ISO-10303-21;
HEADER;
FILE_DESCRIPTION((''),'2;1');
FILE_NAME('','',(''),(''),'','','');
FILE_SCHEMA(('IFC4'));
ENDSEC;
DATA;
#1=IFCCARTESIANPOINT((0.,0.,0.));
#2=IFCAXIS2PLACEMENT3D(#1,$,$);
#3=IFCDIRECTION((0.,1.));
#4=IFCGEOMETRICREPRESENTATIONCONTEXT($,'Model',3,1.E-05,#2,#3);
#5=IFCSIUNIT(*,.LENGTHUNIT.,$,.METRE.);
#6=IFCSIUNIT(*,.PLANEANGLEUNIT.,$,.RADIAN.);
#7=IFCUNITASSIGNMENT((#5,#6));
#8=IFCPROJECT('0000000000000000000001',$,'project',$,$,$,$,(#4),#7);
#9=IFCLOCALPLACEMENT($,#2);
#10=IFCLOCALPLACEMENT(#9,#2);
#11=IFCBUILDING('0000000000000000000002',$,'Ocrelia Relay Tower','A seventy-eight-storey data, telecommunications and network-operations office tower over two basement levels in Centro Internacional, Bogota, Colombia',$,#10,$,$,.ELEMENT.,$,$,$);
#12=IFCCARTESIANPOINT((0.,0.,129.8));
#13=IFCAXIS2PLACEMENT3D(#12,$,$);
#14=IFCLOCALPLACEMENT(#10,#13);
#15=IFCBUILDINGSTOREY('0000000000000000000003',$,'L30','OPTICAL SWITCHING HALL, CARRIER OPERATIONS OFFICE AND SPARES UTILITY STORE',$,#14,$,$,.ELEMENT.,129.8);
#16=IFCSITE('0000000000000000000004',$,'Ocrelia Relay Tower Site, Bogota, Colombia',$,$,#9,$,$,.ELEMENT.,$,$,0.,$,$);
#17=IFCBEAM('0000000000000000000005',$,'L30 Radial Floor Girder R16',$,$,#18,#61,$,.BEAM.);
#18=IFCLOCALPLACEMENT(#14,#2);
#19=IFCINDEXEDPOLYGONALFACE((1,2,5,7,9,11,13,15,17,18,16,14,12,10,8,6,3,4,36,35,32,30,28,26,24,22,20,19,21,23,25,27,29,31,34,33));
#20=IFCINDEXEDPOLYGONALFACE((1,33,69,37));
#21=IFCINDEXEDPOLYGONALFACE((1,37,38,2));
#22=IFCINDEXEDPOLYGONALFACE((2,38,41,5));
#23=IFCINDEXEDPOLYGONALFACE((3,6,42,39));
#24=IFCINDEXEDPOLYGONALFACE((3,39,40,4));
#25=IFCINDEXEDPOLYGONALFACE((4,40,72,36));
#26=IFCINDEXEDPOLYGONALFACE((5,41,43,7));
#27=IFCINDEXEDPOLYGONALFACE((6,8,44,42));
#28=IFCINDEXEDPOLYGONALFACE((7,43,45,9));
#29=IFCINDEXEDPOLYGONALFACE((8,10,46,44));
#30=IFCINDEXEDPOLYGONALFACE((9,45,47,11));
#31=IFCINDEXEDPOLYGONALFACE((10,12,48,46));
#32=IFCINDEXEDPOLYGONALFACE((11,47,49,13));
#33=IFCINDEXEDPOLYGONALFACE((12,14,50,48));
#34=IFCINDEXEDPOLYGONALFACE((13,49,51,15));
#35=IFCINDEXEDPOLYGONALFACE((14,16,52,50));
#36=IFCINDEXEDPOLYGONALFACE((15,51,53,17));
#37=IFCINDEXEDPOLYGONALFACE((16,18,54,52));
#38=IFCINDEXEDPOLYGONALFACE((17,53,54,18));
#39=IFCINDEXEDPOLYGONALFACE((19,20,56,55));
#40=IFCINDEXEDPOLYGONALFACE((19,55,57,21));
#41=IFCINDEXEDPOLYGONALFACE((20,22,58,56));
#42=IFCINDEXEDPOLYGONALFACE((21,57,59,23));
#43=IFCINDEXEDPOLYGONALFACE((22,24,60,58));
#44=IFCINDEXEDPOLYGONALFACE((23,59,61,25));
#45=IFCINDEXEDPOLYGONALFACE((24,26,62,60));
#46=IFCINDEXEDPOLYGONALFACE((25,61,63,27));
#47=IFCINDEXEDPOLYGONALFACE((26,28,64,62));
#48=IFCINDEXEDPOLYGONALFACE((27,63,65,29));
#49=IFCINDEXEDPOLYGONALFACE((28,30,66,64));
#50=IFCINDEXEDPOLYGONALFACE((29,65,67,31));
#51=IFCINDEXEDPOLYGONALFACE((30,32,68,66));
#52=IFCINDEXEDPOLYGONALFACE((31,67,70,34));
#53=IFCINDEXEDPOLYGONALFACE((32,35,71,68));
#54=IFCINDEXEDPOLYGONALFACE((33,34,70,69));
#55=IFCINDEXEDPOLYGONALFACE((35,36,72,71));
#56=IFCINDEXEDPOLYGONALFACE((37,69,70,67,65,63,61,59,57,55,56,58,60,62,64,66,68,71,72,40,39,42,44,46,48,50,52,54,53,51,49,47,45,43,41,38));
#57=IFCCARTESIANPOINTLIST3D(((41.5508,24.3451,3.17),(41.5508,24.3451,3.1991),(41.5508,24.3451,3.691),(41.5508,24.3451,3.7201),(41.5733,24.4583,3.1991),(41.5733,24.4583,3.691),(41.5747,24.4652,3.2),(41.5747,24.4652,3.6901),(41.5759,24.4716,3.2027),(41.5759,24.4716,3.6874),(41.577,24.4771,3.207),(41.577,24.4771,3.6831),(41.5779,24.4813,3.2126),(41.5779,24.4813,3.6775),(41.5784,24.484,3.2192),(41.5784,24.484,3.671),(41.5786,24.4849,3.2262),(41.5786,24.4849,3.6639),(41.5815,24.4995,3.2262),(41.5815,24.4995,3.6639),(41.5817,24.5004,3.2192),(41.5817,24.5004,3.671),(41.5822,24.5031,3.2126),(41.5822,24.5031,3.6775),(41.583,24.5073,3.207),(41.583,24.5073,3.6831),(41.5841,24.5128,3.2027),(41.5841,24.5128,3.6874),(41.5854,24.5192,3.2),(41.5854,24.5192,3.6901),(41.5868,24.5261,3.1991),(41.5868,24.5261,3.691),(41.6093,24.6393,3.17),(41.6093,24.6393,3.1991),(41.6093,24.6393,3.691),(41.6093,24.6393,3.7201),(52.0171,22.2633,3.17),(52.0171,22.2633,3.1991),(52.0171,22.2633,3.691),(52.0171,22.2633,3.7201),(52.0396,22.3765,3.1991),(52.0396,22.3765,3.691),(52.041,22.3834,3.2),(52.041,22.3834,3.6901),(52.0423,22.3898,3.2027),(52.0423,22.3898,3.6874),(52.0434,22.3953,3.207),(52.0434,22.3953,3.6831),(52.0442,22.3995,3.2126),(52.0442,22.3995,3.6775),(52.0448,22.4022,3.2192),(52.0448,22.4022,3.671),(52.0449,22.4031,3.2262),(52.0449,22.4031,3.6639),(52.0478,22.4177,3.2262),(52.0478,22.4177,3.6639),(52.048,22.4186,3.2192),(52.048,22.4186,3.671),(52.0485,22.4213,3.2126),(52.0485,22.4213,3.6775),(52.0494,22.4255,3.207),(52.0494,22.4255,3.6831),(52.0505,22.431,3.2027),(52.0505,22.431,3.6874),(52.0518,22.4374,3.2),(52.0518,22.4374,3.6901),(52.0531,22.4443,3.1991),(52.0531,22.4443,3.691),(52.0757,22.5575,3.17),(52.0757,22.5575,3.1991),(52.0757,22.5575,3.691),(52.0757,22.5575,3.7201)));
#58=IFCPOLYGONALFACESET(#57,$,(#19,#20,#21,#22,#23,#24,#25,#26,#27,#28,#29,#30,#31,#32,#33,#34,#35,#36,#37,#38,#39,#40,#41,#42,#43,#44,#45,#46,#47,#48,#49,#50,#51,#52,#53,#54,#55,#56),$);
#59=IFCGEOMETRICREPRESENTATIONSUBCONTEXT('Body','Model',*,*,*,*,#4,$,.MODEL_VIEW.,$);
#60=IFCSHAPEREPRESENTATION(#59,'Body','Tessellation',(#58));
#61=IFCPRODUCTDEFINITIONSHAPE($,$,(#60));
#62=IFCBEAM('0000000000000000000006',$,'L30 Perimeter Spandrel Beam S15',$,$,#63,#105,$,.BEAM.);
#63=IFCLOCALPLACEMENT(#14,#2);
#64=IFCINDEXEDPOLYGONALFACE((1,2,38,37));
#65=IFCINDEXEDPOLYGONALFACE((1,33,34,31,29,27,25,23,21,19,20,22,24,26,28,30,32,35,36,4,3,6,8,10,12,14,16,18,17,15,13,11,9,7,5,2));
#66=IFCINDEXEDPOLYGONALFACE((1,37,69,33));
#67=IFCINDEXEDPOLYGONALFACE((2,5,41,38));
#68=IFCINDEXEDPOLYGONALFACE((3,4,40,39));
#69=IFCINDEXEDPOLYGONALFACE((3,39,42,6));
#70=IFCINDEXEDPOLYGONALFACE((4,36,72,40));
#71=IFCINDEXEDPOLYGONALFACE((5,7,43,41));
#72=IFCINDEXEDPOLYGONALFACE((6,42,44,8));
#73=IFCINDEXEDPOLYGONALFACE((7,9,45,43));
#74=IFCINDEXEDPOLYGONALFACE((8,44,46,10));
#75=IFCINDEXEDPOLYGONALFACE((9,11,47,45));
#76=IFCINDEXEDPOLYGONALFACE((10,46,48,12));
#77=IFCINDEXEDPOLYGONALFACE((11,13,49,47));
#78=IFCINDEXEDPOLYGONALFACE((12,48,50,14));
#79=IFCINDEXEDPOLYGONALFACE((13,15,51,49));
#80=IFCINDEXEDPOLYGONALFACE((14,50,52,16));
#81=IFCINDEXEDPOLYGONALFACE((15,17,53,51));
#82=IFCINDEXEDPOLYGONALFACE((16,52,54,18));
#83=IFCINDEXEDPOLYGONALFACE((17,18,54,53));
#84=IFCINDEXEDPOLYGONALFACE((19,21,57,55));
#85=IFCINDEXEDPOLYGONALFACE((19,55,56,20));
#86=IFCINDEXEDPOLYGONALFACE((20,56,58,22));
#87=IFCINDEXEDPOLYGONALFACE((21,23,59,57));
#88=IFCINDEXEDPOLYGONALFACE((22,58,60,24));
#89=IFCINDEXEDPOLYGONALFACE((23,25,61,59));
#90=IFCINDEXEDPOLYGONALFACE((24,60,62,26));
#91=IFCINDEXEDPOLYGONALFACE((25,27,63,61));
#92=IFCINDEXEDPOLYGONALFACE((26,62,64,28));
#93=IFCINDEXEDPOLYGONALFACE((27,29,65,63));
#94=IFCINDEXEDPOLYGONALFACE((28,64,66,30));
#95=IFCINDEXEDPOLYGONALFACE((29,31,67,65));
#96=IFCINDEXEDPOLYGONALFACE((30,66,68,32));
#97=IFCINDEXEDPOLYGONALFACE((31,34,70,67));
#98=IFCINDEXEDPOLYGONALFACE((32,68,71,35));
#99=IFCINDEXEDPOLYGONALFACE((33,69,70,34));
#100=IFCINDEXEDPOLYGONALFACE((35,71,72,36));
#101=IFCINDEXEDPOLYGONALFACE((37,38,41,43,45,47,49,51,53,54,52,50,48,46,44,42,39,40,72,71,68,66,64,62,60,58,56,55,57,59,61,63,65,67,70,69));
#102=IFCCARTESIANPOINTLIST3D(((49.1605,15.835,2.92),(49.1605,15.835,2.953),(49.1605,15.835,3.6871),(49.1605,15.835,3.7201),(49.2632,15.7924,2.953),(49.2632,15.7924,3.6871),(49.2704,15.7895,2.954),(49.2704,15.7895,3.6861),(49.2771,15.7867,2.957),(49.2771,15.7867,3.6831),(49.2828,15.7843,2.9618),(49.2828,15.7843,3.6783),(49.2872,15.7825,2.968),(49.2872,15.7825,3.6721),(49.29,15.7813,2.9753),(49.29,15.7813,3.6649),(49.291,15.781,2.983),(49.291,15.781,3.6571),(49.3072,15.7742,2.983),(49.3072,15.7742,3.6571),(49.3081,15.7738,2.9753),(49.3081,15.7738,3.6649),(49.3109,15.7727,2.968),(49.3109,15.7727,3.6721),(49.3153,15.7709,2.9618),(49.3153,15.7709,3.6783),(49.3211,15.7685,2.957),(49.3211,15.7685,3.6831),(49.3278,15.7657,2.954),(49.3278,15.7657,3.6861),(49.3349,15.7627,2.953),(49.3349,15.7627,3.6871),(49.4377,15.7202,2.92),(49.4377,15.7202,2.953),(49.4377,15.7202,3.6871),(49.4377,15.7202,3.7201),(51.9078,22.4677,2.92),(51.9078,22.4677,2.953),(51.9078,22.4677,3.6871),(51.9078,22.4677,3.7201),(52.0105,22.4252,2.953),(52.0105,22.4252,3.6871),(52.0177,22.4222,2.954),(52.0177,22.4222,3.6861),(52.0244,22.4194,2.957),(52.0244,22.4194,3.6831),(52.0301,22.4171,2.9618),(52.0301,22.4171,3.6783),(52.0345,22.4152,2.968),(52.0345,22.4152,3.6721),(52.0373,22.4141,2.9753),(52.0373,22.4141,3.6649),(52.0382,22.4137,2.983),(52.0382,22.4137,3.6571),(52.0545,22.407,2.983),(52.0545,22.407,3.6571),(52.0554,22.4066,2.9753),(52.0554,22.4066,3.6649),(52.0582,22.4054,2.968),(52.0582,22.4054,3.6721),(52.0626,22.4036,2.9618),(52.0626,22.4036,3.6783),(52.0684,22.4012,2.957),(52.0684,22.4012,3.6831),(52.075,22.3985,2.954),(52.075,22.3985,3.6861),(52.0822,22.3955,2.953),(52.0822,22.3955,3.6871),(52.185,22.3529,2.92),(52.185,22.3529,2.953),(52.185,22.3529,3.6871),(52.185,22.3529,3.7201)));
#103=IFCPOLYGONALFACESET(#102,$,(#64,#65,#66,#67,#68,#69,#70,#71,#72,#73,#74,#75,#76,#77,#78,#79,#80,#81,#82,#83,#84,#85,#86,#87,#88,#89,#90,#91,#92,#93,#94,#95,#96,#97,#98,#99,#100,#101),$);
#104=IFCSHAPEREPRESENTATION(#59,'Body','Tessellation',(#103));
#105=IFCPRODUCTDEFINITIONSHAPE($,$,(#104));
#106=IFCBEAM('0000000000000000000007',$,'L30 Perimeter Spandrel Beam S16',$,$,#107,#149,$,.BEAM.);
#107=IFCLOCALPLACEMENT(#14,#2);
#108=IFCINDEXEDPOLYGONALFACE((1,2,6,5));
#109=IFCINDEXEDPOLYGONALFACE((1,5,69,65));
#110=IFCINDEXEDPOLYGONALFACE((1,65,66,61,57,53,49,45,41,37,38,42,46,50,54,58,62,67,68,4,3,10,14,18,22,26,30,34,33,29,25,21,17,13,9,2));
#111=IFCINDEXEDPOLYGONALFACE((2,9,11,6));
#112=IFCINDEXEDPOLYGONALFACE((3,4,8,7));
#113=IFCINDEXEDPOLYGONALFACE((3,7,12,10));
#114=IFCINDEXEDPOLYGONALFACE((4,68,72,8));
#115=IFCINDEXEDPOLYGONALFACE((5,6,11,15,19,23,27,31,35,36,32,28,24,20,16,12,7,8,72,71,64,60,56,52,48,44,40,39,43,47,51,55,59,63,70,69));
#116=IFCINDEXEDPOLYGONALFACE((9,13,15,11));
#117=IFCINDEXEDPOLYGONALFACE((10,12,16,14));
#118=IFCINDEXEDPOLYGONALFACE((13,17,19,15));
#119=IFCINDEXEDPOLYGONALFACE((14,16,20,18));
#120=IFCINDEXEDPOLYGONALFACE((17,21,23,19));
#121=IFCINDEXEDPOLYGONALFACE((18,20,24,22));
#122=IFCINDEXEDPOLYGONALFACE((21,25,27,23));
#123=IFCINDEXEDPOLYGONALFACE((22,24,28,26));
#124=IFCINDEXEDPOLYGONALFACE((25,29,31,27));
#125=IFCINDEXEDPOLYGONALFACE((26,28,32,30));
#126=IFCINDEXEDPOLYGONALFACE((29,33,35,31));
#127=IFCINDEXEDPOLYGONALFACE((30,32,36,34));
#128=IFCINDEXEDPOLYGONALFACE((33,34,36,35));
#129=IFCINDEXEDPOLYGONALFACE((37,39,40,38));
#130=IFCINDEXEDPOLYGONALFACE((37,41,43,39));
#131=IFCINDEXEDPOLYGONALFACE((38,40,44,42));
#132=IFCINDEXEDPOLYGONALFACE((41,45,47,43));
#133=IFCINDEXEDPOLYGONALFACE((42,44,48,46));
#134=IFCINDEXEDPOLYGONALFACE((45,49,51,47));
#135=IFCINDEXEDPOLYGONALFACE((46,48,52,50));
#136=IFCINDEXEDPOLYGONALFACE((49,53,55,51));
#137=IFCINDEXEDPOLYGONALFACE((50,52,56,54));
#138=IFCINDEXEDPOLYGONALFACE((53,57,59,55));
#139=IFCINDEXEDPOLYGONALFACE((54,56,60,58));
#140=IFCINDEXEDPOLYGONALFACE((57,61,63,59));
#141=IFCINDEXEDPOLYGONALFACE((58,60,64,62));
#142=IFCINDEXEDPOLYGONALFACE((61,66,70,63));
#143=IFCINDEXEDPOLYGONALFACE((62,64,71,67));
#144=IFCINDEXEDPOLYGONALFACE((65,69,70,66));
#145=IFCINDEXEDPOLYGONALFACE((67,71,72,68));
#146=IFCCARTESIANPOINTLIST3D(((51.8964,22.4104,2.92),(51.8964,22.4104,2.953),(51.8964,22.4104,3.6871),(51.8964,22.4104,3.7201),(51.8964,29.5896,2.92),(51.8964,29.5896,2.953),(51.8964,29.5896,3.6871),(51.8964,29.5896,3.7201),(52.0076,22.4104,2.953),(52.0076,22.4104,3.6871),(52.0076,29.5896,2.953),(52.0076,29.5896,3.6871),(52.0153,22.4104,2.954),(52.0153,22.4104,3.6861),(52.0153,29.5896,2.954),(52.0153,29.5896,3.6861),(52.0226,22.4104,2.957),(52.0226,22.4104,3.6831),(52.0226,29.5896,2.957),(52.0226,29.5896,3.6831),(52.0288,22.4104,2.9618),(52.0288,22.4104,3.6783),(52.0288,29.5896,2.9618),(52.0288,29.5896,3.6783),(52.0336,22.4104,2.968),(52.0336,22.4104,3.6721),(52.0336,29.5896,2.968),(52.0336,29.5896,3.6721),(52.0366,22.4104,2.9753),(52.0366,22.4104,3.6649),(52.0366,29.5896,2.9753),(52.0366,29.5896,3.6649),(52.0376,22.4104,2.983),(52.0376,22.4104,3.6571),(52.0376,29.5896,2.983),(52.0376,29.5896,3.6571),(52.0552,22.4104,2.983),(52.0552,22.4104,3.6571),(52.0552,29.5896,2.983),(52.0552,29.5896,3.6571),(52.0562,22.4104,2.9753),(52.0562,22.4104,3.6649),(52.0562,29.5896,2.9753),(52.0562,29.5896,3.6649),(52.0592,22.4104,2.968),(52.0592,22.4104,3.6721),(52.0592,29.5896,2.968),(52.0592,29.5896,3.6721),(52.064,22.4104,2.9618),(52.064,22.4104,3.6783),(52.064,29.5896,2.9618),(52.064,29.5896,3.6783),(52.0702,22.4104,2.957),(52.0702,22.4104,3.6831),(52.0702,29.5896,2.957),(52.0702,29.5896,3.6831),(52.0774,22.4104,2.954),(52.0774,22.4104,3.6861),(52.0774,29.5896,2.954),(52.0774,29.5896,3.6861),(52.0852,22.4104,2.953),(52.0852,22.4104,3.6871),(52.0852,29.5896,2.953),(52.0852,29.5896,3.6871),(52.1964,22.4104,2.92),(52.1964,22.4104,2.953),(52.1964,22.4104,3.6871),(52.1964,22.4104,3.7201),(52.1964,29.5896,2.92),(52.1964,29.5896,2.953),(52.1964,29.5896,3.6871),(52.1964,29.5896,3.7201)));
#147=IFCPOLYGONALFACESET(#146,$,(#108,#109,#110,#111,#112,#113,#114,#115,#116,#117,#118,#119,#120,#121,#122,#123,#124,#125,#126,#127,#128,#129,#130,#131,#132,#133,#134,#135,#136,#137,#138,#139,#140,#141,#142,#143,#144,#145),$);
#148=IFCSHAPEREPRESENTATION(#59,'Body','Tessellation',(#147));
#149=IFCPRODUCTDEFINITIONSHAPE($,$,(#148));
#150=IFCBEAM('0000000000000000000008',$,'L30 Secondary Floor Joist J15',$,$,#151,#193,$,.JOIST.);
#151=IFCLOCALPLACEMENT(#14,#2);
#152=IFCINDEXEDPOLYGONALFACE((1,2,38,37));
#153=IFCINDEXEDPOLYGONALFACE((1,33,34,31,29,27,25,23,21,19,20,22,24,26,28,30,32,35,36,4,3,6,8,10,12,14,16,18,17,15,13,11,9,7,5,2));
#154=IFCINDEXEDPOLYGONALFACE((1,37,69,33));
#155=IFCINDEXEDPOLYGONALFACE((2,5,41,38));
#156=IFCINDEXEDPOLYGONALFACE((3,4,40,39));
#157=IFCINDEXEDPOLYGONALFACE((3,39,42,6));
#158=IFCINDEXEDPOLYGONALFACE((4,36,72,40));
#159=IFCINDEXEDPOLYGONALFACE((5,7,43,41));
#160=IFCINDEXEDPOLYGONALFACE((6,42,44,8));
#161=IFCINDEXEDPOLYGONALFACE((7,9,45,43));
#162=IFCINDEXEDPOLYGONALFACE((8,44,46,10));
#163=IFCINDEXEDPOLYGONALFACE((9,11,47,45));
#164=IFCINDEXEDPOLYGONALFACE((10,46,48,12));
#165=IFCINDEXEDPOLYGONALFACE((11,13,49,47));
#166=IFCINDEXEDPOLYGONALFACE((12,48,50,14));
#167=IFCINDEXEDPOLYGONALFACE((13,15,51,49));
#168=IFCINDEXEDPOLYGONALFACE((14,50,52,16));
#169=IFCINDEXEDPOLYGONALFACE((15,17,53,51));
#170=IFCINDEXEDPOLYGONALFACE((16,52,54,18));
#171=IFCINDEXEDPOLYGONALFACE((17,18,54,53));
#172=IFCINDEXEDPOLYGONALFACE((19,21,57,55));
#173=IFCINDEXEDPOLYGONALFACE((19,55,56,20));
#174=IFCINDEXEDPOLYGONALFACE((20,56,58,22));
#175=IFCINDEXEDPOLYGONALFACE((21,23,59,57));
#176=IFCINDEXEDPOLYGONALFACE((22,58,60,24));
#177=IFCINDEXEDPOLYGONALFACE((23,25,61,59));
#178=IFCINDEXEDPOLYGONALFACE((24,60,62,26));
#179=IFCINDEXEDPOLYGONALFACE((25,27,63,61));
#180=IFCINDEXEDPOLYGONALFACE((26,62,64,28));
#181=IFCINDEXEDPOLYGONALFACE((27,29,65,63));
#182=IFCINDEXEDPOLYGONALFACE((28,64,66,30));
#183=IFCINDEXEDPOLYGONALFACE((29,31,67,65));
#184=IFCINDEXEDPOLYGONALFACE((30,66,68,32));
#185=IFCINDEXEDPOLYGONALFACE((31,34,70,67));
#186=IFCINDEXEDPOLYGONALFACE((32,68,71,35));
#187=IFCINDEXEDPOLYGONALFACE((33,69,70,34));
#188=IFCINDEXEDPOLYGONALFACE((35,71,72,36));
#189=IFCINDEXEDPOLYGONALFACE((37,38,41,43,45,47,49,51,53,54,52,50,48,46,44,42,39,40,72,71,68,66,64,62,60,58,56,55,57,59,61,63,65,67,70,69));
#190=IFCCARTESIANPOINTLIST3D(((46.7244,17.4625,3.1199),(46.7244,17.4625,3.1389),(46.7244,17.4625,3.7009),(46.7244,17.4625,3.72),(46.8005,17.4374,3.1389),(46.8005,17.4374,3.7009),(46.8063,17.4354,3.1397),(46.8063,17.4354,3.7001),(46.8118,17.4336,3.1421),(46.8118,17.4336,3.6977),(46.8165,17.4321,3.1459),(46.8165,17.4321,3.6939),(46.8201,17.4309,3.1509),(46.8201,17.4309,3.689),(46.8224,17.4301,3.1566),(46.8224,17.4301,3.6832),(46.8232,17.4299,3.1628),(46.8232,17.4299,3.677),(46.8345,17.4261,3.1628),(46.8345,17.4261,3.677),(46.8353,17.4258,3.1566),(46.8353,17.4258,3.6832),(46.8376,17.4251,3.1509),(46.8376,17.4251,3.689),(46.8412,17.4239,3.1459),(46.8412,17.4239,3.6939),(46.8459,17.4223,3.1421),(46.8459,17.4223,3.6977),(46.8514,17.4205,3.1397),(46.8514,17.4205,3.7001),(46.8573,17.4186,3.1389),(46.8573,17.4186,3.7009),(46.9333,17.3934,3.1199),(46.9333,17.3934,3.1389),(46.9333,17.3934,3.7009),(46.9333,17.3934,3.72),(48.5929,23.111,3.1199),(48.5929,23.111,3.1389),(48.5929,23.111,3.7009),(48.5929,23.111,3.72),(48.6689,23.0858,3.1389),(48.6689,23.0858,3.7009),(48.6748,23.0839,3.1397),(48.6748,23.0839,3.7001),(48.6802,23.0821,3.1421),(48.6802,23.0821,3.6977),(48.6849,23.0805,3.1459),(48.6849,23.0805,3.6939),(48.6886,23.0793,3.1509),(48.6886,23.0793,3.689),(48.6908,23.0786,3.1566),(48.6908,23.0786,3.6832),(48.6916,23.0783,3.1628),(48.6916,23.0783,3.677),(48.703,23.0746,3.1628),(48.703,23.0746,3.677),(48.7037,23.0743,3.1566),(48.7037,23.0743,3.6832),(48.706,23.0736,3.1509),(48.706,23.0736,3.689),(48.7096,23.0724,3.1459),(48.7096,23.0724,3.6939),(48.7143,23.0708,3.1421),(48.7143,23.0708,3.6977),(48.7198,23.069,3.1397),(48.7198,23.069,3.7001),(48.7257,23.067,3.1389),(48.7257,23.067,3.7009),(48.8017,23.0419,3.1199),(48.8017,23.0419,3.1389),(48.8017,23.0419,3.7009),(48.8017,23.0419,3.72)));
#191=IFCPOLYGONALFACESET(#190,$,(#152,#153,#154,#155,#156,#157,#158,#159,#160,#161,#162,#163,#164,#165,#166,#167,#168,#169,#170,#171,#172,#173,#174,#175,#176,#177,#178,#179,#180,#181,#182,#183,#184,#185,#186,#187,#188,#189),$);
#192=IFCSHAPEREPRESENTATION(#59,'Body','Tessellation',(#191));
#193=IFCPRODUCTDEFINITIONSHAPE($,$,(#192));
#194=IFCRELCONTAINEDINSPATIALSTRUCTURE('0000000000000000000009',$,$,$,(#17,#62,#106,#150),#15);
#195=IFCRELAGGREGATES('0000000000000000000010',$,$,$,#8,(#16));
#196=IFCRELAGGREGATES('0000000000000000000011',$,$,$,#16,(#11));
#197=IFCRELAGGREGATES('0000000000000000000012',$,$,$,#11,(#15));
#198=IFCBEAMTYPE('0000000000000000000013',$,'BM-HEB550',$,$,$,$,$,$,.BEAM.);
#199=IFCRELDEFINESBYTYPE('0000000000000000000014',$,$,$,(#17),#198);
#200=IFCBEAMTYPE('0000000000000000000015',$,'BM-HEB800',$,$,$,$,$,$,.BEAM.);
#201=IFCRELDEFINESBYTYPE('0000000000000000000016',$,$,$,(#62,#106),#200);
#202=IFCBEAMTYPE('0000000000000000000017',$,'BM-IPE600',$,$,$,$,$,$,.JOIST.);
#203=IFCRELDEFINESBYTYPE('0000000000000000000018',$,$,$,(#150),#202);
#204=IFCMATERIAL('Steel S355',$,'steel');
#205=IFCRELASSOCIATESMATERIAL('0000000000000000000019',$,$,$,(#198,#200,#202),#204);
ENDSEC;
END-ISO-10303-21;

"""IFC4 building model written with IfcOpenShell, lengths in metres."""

from ifc_helpers import new_model, si_unit, direction, frame, origin, origin_2d, place, context, subcontext, project, spatial, i_section, extrude, material, material_profile, profile_set, type_object, element, save


model = new_model("IFC4")

# Units and contexts
model_context = context("Model", 3, precision=1e-05, world=origin(), true_north=direction((0.0, 1.0)))
body_context = subcontext(model_context, "Body", "Model", "MODEL_VIEW")
ifc_project = project(units=[si_unit("LENGTHUNIT", "METRE"), si_unit("PLANEANGLEUNIT", "RADIAN")], contexts=[model_context])

# Site, building, storey
site_placement = place(None, origin())
site = spatial("IfcSite", under=ifc_project, at=site_placement, Name="Ocrelia Relay Tower Site, Bogota, Colombia", CompositionType="ELEMENT", RefElevation=0.0)
building_placement = place(site_placement, origin())
building = spatial("IfcBuilding", under=site, at=building_placement, Name="Ocrelia Relay Tower", Description="A seventy-eight-storey data, telecommunications and network-operations office tower over two basement levels in Centro Internacional, Bogota, Colombia", CompositionType="ELEMENT")
storey_placement = place(building_placement, frame((0.0, 0.0, 129.8)))
storey = spatial("IfcBuildingStorey", under=building, at=storey_placement, Name="L30", Description="OPTICAL SWITCHING HALL, CARRIER OPERATIONS OFFICE AND SPARES UTILITY STORE", CompositionType="ELEMENT", Elevation=129.8)

# Beams
ifc_material_1 = material(Name="Steel S355", Category="steel")
ifc_material_profile_1 = material_profile(ifc_material_1, i_section(OverallWidth=0.3, OverallDepth=0.55, WebThickness=0.0149, FlangeThickness=0.0291, FilletRadius=0.0271, at=origin_2d()), Name="HEB 550")
ifc_profile_set_1 = profile_set([ifc_material_profile_1], Name="Steel S355")
beam_type_1 = type_object("IfcBeamType", Name="BM-HEB550", PredefinedType="BEAM", material=ifc_profile_set_1)
beam_1_placement = place(storey_placement, frame((52.0464, 22.4104, 3.4451), z_axis=(-0.980787, 0.195082, 0.0), x_axis=(-0.195082, -0.980787, 0.0)))
element("IfcBeam", 1, at=beam_1_placement, inside=storey, type_object=beam_type_1, Name="L30 Radial Floor Girder R16", PredefinedType="BEAM", context=body_context, shape_type="SweptSolid", body=[
    extrude(i_section(OverallWidth=0.3, OverallDepth=0.55, WebThickness=0.0149, FlangeThickness=0.0291, FilletRadius=0.0271, at=origin_2d()), origin(), (0.0, 0.0, 1.0), 10.6714),
])
ifc_material_profile_2 = material_profile(ifc_material_1, i_section(OverallWidth=0.3, OverallDepth=0.8, WebThickness=0.0176, FlangeThickness=0.033, FilletRadius=0.03, at=origin_2d()), Name="HEB 800")
ifc_profile_set_2 = profile_set([ifc_material_profile_2], Name="Steel S355")
beam_type_2 = type_object("IfcBeamType", Name="BM-HEB800", PredefinedType="BEAM", material=ifc_profile_set_2)
for number, where, z_axis, x_axis, name in (
    (2, (49.2991, 15.7776, 3.3201), (0.382673, 0.923884, 0.0), (-0.923884, 0.382673, 0.0), "L30 Perimeter Spandrel Beam S15"),
    (3, (52.0464, 22.4104, 3.3201), (0.0, 1.0, 0.0), (-1.0, 0.0, 0.0), "L30 Perimeter Spandrel Beam S16"),
):
    element("IfcBeam", number, at=place(storey_placement, frame(where, z_axis=z_axis, x_axis=x_axis)), inside=storey, type_object=beam_type_2, Name=name, PredefinedType="BEAM", context=body_context, shape_type="SweptSolid", body=[
        extrude(i_section(OverallWidth=0.3, OverallDepth=0.8, WebThickness=0.0176, FlangeThickness=0.033, FilletRadius=0.03, at=origin_2d()), origin(), (0.0, 0.0, 1.0), 7.1792),
    ])
ifc_material_profile_3 = material_profile(ifc_material_1, i_section(OverallWidth=0.22, OverallDepth=0.6001, WebThickness=0.012, FlangeThickness=0.019, FilletRadius=0.0239, at=origin_2d()), Name="IPE 600")
ifc_profile_set_3 = profile_set([ifc_material_profile_3], Name="Steel S355")
beam_type_3 = type_object("IfcBeamType", Name="BM-IPE600", PredefinedType="JOIST", material=ifc_profile_set_3)
beam_2_placement = place(storey_placement, frame((46.8289, 17.428, 3.4199), z_axis=(0.314048, 0.949407, 0.0), x_axis=(-0.949407, 0.314048, 0.0)))
element("IfcBeam", 4, at=beam_2_placement, inside=storey, type_object=beam_type_3, Name="L30 Secondary Floor Joist J15", PredefinedType="JOIST", context=body_context, shape_type="SweptSolid", body=[
    extrude(i_section(OverallWidth=0.22, OverallDepth=0.6001, WebThickness=0.012, FlangeThickness=0.019, FilletRadius=0.0239, at=origin_2d()), origin(), (0.0, 0.0, 1.0), 5.9495),
])

save(model, "model.ifc")
